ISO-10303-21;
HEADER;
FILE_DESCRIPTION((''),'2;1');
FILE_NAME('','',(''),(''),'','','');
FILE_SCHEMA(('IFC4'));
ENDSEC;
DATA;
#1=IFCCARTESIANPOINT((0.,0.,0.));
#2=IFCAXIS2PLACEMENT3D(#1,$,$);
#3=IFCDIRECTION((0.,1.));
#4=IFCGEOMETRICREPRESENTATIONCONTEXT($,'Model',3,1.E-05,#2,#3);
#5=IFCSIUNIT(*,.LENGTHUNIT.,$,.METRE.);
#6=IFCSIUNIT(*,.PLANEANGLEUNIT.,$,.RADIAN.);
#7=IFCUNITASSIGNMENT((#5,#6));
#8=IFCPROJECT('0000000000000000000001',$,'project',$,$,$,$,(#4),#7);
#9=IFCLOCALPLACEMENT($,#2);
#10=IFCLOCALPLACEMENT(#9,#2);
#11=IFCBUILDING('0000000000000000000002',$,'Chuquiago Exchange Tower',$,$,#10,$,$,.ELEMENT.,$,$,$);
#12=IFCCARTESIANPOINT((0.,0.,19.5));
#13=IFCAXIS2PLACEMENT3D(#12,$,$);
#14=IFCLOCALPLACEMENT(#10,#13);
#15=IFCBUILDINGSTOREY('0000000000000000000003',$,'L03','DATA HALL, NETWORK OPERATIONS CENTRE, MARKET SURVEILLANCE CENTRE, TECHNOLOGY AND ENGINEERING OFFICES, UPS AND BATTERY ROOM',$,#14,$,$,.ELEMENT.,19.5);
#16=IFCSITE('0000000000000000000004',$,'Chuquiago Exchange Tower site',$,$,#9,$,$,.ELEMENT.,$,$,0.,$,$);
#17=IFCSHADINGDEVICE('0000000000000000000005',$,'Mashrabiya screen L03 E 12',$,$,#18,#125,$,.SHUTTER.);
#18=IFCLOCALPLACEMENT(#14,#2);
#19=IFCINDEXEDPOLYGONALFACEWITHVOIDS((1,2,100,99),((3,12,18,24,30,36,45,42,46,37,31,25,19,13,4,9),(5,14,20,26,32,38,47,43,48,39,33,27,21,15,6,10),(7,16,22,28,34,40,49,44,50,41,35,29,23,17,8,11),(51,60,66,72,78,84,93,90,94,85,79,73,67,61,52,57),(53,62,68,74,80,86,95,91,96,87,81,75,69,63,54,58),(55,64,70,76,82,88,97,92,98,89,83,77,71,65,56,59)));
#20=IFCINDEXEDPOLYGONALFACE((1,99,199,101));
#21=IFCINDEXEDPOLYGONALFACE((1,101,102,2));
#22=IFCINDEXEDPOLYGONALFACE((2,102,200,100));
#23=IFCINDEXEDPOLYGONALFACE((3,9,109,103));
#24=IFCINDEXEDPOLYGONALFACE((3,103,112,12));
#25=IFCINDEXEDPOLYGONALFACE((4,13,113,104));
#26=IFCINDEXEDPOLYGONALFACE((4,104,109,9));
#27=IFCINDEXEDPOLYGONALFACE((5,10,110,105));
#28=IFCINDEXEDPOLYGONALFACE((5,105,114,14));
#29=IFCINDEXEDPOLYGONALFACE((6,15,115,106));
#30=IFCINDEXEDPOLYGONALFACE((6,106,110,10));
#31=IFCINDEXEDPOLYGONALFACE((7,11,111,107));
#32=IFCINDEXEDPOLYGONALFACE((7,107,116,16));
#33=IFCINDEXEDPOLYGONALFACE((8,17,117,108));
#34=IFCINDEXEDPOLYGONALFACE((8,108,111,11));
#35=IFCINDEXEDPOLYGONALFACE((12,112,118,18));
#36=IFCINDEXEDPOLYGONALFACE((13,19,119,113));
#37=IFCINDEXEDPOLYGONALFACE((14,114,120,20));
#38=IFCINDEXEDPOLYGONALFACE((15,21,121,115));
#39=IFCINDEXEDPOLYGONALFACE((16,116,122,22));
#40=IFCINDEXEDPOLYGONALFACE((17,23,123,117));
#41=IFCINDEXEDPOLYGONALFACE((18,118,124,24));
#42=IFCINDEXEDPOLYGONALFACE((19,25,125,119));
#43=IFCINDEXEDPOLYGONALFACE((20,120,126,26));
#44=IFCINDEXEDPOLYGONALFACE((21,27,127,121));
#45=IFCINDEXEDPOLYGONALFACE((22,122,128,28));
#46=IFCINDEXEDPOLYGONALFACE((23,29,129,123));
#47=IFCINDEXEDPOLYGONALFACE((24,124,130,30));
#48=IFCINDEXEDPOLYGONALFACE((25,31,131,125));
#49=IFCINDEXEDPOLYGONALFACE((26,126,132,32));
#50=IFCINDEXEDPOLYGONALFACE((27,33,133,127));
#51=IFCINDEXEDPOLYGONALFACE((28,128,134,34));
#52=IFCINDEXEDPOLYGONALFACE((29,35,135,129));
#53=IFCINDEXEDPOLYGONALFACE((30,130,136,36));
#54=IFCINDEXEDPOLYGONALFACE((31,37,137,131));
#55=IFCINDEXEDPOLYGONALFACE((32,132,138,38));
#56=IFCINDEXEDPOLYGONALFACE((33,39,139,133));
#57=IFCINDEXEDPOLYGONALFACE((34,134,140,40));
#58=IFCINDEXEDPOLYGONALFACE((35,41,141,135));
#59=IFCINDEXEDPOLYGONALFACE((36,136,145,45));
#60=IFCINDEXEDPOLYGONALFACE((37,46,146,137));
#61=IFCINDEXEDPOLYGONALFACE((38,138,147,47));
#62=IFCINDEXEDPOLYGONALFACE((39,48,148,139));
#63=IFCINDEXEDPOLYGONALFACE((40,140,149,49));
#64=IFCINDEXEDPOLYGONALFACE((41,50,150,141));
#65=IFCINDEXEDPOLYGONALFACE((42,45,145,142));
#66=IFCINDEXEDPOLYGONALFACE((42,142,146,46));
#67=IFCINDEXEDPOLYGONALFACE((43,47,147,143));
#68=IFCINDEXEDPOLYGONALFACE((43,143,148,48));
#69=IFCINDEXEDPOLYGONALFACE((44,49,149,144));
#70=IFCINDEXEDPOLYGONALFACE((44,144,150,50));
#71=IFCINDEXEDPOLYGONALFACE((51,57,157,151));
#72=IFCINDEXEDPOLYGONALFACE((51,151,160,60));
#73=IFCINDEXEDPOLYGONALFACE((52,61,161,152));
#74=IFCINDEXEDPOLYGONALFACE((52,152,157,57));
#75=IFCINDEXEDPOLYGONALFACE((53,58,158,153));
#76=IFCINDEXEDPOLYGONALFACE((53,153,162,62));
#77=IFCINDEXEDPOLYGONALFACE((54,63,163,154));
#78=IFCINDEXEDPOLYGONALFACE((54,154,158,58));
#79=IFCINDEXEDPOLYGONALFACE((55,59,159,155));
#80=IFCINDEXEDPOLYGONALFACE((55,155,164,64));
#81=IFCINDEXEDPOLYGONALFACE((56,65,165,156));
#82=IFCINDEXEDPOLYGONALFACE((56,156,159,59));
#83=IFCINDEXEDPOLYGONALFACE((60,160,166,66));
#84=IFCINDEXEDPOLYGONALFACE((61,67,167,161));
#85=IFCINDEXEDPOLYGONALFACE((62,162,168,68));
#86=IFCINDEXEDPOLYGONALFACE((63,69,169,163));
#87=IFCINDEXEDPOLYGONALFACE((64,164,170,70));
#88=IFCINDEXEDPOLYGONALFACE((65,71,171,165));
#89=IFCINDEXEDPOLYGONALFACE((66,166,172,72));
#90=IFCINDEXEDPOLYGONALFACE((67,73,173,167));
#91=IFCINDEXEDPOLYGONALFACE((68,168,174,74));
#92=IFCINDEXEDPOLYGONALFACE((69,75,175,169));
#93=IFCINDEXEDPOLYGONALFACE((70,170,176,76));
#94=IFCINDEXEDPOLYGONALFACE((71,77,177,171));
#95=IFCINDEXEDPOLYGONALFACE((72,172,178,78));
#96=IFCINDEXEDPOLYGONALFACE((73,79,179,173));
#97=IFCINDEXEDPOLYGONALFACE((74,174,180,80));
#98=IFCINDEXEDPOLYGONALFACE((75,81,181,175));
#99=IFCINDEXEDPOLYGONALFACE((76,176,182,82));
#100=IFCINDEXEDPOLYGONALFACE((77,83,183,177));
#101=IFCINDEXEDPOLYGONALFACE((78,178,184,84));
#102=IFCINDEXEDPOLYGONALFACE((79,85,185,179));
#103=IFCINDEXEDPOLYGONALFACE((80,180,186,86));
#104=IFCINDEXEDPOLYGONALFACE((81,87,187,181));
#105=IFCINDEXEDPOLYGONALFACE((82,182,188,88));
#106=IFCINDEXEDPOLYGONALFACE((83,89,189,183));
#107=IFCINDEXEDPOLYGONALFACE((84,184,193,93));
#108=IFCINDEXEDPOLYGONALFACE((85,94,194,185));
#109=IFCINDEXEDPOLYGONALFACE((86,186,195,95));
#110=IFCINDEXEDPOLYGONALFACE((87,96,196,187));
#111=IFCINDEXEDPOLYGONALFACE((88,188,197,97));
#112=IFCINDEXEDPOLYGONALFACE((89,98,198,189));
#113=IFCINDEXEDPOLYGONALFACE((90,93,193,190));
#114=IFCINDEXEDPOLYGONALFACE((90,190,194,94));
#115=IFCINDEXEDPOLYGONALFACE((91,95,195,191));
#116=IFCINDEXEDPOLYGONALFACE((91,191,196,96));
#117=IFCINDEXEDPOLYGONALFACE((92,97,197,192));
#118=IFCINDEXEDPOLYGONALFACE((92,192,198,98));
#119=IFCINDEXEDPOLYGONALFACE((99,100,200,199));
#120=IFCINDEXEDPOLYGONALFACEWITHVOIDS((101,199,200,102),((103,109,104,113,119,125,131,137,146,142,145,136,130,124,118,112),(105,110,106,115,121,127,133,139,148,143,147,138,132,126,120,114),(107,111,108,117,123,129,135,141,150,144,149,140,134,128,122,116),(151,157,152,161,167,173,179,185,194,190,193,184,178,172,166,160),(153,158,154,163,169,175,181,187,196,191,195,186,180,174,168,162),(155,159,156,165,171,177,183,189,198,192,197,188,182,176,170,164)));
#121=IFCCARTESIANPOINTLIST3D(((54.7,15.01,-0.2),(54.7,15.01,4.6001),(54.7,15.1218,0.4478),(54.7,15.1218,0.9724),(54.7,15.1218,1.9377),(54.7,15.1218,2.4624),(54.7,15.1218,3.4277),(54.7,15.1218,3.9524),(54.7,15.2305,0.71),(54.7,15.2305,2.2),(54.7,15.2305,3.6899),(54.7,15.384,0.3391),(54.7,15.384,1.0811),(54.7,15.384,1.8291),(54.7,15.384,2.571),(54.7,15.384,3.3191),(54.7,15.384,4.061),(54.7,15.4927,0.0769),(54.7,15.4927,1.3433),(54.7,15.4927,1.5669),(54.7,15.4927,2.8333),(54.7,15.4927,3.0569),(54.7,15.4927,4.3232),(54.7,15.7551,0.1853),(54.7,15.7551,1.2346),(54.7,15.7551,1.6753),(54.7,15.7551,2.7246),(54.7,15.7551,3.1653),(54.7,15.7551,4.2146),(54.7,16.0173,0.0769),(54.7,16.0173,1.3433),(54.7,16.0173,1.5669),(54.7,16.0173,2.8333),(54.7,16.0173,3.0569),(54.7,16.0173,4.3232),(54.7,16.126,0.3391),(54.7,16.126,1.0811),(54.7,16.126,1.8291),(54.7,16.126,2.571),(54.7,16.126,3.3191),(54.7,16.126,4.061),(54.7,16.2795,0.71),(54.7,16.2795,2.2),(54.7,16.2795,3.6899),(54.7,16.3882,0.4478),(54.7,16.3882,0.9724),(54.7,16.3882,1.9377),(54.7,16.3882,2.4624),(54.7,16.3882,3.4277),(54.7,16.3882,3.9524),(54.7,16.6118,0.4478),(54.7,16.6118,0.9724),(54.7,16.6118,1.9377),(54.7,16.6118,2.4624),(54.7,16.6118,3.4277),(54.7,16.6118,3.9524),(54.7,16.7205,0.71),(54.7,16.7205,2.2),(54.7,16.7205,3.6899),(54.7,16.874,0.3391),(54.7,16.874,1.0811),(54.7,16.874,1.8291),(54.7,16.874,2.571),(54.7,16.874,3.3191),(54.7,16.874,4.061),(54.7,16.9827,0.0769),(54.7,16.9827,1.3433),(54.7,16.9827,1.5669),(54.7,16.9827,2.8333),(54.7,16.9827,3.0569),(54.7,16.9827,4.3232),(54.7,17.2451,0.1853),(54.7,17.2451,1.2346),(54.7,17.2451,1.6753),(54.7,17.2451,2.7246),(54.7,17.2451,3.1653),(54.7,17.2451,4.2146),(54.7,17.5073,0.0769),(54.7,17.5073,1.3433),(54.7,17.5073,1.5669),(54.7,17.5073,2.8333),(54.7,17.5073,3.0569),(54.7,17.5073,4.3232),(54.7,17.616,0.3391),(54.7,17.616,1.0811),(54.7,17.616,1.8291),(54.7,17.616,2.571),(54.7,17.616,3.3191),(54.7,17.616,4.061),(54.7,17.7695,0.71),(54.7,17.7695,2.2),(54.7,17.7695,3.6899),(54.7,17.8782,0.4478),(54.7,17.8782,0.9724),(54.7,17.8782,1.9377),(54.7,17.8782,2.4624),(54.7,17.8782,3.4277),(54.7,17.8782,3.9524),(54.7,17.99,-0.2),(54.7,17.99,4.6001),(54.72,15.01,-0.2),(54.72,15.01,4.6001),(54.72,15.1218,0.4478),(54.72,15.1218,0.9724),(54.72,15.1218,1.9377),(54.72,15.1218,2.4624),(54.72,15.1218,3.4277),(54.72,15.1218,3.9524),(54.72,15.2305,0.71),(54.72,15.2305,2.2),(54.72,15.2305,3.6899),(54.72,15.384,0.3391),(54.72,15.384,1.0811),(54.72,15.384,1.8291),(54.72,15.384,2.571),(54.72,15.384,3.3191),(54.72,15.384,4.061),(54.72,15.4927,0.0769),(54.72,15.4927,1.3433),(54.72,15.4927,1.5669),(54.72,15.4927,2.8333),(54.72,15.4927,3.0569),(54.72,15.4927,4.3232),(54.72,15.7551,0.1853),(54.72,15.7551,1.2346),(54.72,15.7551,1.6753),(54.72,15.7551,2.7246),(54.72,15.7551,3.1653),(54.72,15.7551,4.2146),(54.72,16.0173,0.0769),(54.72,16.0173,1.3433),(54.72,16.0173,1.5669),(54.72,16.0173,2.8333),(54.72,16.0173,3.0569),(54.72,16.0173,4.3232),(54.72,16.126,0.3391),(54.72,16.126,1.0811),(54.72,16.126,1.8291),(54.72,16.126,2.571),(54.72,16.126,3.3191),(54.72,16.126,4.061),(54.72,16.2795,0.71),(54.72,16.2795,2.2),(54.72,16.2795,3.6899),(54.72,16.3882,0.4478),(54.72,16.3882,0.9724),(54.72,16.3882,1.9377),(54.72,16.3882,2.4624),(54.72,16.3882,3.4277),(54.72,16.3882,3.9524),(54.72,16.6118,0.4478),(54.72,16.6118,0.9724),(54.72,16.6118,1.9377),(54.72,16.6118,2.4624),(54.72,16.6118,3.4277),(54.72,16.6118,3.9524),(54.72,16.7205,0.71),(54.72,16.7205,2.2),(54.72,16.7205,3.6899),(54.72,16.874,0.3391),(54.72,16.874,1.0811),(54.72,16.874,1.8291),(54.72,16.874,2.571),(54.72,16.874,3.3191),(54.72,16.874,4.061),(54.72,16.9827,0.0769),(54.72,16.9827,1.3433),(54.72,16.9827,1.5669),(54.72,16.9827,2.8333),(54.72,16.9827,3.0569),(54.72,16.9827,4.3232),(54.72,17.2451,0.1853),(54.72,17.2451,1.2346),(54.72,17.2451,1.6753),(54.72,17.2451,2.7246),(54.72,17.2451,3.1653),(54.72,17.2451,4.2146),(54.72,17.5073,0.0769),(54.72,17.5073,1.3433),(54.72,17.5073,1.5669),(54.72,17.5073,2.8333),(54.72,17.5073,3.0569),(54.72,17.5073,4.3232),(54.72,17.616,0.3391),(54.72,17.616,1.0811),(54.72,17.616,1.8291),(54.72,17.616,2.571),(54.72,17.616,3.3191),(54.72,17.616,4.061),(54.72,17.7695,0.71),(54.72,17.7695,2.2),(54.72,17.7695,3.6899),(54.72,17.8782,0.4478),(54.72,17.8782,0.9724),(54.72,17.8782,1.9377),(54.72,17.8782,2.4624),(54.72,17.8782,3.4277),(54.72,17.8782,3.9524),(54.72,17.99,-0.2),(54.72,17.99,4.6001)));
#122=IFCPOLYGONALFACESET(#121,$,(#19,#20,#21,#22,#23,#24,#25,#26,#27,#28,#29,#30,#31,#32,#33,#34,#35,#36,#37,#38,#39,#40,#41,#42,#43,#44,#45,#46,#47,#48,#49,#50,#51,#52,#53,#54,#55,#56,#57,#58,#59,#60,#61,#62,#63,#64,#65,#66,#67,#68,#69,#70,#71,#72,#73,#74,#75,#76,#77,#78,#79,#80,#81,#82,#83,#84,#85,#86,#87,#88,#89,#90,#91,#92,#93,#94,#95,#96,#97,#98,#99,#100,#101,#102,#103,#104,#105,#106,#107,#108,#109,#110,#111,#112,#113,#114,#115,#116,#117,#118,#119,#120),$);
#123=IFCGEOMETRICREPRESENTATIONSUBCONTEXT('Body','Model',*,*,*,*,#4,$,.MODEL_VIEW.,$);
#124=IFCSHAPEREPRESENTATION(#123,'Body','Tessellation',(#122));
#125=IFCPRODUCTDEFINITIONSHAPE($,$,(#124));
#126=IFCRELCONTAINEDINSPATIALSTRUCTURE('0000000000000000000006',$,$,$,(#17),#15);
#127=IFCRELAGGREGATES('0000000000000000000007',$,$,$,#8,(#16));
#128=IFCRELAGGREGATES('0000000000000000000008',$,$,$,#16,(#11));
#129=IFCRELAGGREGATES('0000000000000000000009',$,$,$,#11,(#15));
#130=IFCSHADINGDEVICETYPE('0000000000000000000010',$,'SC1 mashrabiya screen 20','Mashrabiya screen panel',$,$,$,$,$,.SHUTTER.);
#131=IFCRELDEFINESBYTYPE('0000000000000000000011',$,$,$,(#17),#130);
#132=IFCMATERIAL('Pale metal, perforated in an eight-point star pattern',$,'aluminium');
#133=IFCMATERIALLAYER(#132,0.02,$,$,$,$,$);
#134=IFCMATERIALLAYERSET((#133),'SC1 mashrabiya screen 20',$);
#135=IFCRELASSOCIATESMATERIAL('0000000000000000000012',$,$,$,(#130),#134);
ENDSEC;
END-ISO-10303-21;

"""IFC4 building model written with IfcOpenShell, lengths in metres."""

from ifc_helpers import new_model, si_unit, direction, frame, origin, place, context, subcontext, project, spatial, polyline, outline, extrude, material, layer, layer_set, type_object, element, save


model = new_model("IFC4")

# Units and contexts
model_context = context("Model", 3, precision=1e-05, world=origin(), true_north=direction((0.0, 1.0)))
body_context = subcontext(model_context, "Body", "Model", "MODEL_VIEW")
ifc_project = project(units=[si_unit("LENGTHUNIT", "METRE"), si_unit("PLANEANGLEUNIT", "RADIAN")], contexts=[model_context])

# Site, building, storey
site_placement = place(None, origin())
site = spatial("IfcSite", under=ifc_project, at=site_placement, Name="Chuquiago Exchange Tower site", CompositionType="ELEMENT", RefElevation=0.0)
building_placement = place(site_placement, origin())
building = spatial("IfcBuilding", under=site, at=building_placement, Name="Chuquiago Exchange Tower", CompositionType="ELEMENT")
storey_placement = place(building_placement, frame((0.0, 0.0, 19.5)))
storey = spatial("IfcBuildingStorey", under=building, at=storey_placement, Name="L03", Description="DATA HALL, NETWORK OPERATIONS CENTRE, MARKET SURVEILLANCE CENTRE, TECHNOLOGY AND ENGINEERING OFFICES, UPS AND BATTERY ROOM", CompositionType="ELEMENT", Elevation=19.5)

# Shading device
ifc_material_1 = material(Name="Pale metal, perforated in an eight-point star pattern", Category="aluminium")
ifc_layer_1 = layer(ifc_material_1, 0.02)
ifc_layer_set_1 = layer_set([ifc_layer_1], Name="SC1 mashrabiya screen 20")
shading_device_type = type_object("IfcShadingDeviceType", Name="SC1 mashrabiya screen 20", Description="Mashrabiya screen panel", PredefinedType="SHUTTER", material=ifc_layer_set_1)
shading_device_1_placement = place(storey_placement, frame((54.7, 15.01, -0.2), z_axis=(0.0, 0.0, 1.0), x_axis=(0.0, 1.0, 0.0)))
element("IfcShadingDevice", 1, at=shading_device_1_placement, inside=storey, type_object=shading_device_type, Name="Mashrabiya screen L03 E 12", PredefinedType="SHUTTER", context=body_context, shape_type="SweptSolid", body=[
    extrude(outline(polyline([(0.0, 0.0), (2.98, 0.0), (2.98, 4.8), (0.0, 4.8), (0.0, 0.0)]), holes=[polyline([(1.2695, 0.9099), (1.3782, 1.1724), (1.116, 1.281), (1.0073, 1.5432), (0.7451, 1.4346), (0.4827, 1.5432), (0.374, 1.281), (0.1118, 1.1724), (0.2205, 0.9099), (0.1118, 0.6477), (0.374, 0.5391), (0.4827, 0.2769), (0.7451, 0.3853), (1.0073, 0.2769), (1.116, 0.5391), (1.3782, 0.6477), (1.2695, 0.9099)]), polyline([(2.7595, 0.9099), (2.8682, 1.1724), (2.606, 1.281), (2.4973, 1.5432), (2.2351, 1.4346), (1.9727, 1.5432), (1.864, 1.281), (1.6018, 1.1724), (1.7104, 0.9099), (1.6018, 0.6477), (1.864, 0.5391), (1.9727, 0.2769), (2.2351, 0.3853), (2.4973, 0.2769), (2.606, 0.5391), (2.8682, 0.6477), (2.7595, 0.9099)]), polyline([(1.2695, 2.3999), (1.3782, 2.6624), (1.116, 2.771), (1.0073, 3.0332), (0.7451, 2.9246), (0.4827, 3.0332), (0.374, 2.771), (0.1118, 2.6624), (0.2205, 2.3999), (0.1118, 2.1377), (0.374, 2.0291), (0.4827, 1.7668), (0.7451, 1.8752), (1.0073, 1.7668), (1.116, 2.0291), (1.3782, 2.1377), (1.2695, 2.3999)]), polyline([(2.7595, 2.3999), (2.8682, 2.6624), (2.606, 2.771), (2.4973, 3.0332), (2.2351, 2.9246), (1.9727, 3.0332), (1.864, 2.771), (1.6018, 2.6624), (1.7104, 2.3999), (1.6018, 2.1377), (1.864, 2.0291), (1.9727, 1.7668), (2.2351, 1.8752), (2.4973, 1.7668), (2.606, 2.0291), (2.8682, 2.1377), (2.7595, 2.3999)]), polyline([(1.2695, 3.8899), (1.3782, 4.1523), (1.116, 4.261), (1.0073, 4.5232), (0.7451, 4.4146), (0.4827, 4.5232), (0.374, 4.261), (0.1118, 4.1523), (0.2205, 3.8899), (0.1118, 3.6277), (0.374, 3.519), (0.4827, 3.2568), (0.7451, 3.3652), (1.0073, 3.2568), (1.116, 3.519), (1.3782, 3.6277), (1.2695, 3.8899)]), polyline([(2.7595, 3.8899), (2.8682, 4.1523), (2.606, 4.261), (2.4973, 4.5232), (2.2351, 4.4146), (1.9727, 4.5232), (1.864, 4.261), (1.6018, 4.1523), (1.7104, 3.8899), (1.6018, 3.6277), (1.864, 3.519), (1.9727, 3.2568), (2.2351, 3.3652), (2.4973, 3.2568), (2.606, 3.519), (2.8682, 3.6277), (2.7595, 3.8899)])]), frame((0.0, 0.0, 0.0), z_axis=(0.0, -1.0, 0.0), x_axis=(1.0, 0.0, 0.0)), (0.0, 0.0, 1.0), 0.02),
])

save(model, "model.ifc")
